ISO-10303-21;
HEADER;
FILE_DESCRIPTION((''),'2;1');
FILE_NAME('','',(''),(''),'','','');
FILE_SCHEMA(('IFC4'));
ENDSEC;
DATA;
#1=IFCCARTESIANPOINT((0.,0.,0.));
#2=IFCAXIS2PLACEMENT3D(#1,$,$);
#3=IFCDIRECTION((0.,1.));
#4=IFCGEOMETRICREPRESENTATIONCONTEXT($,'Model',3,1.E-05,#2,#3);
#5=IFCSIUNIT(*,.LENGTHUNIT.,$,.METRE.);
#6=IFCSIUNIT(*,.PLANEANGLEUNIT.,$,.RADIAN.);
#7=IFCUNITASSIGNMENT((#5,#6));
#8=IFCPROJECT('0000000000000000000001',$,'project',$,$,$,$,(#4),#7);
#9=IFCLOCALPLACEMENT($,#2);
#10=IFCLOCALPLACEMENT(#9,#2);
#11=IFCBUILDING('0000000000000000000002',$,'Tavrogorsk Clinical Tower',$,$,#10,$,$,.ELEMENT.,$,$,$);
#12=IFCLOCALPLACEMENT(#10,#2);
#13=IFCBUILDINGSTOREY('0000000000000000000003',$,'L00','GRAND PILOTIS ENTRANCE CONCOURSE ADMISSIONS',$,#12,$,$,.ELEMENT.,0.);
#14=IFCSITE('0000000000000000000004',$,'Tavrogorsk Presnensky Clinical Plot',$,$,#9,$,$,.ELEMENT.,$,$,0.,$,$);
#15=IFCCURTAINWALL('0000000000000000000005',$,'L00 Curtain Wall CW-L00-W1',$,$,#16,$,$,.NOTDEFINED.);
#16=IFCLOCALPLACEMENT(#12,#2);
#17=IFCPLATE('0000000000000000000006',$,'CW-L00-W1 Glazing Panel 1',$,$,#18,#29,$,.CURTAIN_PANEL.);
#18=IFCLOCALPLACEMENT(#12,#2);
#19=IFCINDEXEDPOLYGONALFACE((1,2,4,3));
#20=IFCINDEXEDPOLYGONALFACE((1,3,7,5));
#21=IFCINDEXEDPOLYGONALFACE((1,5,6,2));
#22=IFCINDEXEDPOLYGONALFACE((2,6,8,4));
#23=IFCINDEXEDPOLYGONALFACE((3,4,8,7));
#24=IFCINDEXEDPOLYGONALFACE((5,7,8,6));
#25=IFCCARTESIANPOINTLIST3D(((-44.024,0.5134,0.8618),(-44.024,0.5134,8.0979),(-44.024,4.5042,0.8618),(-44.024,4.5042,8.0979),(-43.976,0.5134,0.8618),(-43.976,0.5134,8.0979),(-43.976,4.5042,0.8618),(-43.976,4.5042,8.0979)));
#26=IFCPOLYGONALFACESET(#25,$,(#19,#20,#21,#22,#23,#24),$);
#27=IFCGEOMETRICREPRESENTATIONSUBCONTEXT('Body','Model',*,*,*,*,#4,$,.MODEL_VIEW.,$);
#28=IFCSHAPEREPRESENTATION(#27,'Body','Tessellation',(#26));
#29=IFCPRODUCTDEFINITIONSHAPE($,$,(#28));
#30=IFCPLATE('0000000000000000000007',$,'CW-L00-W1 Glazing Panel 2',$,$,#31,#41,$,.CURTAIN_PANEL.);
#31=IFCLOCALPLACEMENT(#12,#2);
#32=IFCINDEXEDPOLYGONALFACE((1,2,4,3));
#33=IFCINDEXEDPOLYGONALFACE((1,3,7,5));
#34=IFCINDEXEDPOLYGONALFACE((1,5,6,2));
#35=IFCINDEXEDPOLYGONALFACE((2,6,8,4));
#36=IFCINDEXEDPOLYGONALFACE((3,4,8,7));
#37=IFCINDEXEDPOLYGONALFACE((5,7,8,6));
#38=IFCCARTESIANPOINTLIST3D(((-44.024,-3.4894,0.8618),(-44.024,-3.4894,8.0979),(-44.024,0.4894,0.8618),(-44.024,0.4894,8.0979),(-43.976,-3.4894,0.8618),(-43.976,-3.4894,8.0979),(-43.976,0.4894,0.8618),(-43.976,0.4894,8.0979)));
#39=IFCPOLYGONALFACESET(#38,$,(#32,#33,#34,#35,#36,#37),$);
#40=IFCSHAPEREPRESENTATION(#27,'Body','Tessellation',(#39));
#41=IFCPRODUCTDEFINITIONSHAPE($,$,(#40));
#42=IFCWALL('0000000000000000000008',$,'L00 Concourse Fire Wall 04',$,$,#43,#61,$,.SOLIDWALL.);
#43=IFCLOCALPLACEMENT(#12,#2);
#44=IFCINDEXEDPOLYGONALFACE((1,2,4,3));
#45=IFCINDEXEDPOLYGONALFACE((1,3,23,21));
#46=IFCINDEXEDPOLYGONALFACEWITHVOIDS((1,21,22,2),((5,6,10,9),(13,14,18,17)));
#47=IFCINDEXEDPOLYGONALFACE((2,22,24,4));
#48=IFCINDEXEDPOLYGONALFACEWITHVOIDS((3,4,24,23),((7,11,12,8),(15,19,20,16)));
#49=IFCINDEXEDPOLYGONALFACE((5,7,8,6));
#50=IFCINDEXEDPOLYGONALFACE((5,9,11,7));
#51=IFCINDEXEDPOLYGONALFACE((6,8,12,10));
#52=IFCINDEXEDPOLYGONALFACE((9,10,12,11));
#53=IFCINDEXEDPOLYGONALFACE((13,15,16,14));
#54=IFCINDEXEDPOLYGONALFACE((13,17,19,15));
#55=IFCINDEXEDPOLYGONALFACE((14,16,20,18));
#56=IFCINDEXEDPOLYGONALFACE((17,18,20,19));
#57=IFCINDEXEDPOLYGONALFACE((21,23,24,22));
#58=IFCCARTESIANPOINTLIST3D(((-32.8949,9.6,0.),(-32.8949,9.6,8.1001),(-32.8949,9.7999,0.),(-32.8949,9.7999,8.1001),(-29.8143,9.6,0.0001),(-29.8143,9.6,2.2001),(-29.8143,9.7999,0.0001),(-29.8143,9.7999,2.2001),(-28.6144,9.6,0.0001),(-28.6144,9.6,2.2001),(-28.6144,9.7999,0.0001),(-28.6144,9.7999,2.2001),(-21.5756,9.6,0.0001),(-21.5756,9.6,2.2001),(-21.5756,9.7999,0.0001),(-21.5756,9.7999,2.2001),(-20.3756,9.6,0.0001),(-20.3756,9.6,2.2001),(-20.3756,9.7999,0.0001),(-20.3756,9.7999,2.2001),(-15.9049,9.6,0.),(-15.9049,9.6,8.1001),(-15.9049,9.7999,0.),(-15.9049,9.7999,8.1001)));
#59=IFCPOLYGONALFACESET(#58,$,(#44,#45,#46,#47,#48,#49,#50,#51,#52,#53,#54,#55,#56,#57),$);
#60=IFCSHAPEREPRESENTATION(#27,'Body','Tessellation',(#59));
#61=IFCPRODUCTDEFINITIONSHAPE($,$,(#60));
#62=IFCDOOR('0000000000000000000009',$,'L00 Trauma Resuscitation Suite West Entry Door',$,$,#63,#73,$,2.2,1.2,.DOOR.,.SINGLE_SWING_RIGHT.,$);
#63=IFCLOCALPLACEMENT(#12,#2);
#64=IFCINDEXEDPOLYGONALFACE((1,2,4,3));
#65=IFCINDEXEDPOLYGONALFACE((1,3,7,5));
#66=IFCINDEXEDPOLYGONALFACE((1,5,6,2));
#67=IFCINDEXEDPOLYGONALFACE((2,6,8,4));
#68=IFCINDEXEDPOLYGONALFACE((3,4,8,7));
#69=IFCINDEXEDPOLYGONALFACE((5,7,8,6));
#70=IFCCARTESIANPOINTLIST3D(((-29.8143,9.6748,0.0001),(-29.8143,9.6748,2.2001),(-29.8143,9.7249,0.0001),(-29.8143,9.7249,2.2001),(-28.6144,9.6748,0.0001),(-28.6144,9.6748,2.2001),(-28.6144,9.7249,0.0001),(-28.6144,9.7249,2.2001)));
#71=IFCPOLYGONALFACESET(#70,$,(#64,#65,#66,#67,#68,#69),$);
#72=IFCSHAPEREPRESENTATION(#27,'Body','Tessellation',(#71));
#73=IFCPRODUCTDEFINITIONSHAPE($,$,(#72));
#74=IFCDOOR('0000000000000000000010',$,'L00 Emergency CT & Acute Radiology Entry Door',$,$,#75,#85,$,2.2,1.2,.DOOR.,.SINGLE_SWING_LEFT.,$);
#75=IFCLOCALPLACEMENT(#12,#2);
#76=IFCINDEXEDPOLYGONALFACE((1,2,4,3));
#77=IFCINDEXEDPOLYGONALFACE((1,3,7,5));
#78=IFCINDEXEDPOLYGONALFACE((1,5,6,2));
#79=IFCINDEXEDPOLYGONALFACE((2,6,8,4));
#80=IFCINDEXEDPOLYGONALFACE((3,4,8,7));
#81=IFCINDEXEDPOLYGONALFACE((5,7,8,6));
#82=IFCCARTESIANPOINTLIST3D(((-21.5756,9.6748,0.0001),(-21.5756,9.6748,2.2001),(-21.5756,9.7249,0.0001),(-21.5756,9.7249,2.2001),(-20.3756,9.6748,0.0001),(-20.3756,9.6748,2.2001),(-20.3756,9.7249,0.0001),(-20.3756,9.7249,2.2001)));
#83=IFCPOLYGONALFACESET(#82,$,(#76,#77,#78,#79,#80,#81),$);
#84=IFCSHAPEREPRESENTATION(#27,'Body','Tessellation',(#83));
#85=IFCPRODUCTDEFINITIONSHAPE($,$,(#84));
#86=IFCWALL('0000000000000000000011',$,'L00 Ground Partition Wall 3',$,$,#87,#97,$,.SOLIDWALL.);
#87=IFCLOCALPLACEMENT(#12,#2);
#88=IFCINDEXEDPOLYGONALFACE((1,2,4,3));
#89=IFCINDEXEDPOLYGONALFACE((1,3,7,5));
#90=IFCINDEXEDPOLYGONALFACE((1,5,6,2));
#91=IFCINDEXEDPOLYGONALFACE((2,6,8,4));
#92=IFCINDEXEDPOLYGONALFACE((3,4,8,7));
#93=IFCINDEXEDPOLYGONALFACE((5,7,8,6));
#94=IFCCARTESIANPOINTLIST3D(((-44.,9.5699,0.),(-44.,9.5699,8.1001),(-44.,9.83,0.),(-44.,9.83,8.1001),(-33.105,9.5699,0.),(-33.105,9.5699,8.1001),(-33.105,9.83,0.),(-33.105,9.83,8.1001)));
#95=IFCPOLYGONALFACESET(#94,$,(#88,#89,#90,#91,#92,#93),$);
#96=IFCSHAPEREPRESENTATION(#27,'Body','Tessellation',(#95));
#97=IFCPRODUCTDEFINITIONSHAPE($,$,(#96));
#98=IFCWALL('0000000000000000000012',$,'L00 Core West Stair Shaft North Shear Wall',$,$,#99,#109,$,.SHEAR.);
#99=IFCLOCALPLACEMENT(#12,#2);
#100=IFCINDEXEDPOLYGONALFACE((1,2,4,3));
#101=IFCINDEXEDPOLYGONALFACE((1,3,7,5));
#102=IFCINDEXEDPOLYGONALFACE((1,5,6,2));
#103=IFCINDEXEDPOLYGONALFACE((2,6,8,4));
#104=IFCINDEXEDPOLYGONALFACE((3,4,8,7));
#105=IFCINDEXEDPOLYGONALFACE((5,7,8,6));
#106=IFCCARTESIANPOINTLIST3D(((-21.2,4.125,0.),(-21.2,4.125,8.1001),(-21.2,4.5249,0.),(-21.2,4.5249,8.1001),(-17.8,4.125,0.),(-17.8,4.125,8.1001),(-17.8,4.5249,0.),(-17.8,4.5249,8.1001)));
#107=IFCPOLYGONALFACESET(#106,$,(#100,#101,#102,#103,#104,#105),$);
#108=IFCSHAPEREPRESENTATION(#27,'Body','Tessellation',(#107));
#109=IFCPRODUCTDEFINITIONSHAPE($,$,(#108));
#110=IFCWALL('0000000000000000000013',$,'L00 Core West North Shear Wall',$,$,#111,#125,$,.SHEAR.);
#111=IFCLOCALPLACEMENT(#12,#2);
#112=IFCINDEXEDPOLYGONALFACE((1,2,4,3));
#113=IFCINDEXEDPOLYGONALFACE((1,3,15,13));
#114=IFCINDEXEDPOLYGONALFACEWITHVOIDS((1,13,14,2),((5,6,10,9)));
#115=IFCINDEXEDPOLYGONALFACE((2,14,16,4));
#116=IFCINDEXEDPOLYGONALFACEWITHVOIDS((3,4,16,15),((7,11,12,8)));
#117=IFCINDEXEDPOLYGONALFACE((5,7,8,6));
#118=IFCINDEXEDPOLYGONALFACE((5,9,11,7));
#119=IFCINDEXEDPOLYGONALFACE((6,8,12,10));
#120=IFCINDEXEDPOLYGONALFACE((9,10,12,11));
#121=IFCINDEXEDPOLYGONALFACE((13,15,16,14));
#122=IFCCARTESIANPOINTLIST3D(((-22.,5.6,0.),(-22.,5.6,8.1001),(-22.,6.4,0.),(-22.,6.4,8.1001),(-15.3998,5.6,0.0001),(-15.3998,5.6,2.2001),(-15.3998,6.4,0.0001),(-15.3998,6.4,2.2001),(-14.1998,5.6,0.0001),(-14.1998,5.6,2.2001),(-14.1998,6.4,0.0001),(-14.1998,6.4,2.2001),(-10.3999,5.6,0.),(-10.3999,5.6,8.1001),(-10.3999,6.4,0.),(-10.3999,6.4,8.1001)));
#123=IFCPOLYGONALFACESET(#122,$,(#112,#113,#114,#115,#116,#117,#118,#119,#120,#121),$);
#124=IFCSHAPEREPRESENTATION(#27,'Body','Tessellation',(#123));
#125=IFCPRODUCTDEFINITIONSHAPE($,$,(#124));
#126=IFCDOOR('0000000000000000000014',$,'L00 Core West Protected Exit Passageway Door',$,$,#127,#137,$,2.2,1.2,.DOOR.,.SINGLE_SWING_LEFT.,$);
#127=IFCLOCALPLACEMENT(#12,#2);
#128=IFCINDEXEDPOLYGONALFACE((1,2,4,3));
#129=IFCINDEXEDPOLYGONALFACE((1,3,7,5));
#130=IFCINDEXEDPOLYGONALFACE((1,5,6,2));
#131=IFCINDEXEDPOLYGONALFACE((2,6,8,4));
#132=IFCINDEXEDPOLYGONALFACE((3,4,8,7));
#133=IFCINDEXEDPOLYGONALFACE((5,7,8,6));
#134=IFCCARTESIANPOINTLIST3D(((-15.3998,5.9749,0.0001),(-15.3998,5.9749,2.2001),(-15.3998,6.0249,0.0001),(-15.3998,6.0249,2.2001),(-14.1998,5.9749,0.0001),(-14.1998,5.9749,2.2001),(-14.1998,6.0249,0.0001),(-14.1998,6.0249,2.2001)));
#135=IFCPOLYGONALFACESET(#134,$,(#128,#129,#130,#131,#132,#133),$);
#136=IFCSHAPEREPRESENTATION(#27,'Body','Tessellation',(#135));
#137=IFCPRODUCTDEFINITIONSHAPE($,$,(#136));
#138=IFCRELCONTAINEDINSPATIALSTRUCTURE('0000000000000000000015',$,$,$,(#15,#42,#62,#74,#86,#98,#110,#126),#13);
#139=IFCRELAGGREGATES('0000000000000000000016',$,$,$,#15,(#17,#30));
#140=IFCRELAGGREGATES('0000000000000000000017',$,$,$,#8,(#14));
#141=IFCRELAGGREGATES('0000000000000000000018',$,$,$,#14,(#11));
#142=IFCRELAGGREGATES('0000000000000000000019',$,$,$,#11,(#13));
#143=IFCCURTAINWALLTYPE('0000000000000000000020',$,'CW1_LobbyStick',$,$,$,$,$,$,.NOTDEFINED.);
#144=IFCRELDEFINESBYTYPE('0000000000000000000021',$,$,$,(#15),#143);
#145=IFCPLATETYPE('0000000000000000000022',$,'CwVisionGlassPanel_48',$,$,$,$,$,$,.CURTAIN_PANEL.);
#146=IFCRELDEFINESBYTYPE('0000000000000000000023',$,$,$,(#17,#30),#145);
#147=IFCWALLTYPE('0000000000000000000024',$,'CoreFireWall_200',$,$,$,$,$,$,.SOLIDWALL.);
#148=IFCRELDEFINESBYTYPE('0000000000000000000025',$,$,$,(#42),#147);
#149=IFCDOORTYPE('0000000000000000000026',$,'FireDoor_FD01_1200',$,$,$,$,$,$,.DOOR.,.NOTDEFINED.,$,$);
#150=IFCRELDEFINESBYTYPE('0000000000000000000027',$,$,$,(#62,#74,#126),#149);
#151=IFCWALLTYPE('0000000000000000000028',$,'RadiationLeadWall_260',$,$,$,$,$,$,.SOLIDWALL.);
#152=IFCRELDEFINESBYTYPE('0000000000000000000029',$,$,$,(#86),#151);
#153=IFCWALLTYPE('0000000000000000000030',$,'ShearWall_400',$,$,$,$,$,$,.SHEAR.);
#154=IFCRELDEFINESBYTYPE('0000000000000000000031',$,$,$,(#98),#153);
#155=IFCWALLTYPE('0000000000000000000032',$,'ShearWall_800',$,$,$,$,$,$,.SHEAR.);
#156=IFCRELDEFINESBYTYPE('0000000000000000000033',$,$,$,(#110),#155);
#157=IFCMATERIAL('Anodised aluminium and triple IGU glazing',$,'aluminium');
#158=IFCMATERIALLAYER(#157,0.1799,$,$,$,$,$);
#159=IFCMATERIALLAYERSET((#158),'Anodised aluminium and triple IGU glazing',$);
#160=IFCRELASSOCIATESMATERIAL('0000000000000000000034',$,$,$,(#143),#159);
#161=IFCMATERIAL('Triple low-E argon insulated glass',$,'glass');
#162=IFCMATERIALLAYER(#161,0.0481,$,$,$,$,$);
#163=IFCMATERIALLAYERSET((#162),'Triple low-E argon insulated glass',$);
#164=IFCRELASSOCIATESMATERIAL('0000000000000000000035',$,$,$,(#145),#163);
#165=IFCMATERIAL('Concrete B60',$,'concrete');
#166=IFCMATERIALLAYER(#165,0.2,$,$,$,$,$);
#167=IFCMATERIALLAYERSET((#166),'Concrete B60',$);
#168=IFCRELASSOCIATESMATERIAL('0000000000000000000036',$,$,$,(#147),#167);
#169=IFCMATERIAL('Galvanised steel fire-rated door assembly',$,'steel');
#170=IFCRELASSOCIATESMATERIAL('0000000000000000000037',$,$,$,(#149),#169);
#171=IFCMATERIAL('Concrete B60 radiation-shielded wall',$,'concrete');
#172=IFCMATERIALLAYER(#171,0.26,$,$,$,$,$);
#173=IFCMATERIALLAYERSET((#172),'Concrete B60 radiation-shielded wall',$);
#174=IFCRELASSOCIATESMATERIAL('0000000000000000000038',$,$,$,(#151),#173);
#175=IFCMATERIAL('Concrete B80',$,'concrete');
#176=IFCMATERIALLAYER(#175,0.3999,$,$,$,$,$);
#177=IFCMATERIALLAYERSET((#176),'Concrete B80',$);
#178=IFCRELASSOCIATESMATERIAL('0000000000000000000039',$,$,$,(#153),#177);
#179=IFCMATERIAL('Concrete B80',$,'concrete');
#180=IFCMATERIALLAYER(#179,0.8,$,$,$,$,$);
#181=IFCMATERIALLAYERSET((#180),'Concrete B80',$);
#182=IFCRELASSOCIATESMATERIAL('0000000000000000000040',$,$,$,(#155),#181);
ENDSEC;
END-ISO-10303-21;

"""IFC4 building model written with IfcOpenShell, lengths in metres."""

from ifc_helpers import new_model, si_unit, direction, frame, frame_2d, origin, origin_2d, place, context, subcontext, project, spatial, rectangle, extrude, material, layer, layer_set, type_object, element, fill, aggregate, save


model = new_model("IFC4")

# Units and contexts
model_context = context("Model", 3, precision=1e-05, world=origin(), true_north=direction((0.0, 1.0)))
body_context = subcontext(model_context, "Body", "Model", "MODEL_VIEW")
ifc_project = project(units=[si_unit("LENGTHUNIT", "METRE"), si_unit("PLANEANGLEUNIT", "RADIAN")], contexts=[model_context])

# Site, building, storey
site_placement = place(None, origin())
site = spatial("IfcSite", under=ifc_project, at=site_placement, Name="Tavrogorsk Presnensky Clinical Plot", CompositionType="ELEMENT", RefElevation=0.0)
building_placement = place(site_placement, origin())
building = spatial("IfcBuilding", under=site, at=building_placement, Name="Tavrogorsk Clinical Tower", CompositionType="ELEMENT")
storey_placement = place(building_placement, origin())
storey = spatial("IfcBuildingStorey", under=building, at=storey_placement, Name="L00", Description="GRAND PILOTIS ENTRANCE CONCOURSE ADMISSIONS", CompositionType="ELEMENT", Elevation=0.0)

# Curtain wall
ifc_material_1 = material(Name="Anodised aluminium and triple IGU glazing", Category="aluminium")
ifc_layer_1 = layer(ifc_material_1, 0.1799)
ifc_layer_set_1 = layer_set([ifc_layer_1], Name="Anodised aluminium and triple IGU glazing")
curtain_wall_type = type_object("IfcCurtainWallType", Name="CW1_LobbyStick", PredefinedType="NOTDEFINED", material=ifc_layer_set_1)
curtain_wall_placement = place(storey_placement, origin())
curtain_wall = element("IfcCurtainWall", 1, at=curtain_wall_placement, inside=storey, type_object=curtain_wall_type, Name="L00 Curtain Wall CW-L00-W1", PredefinedType="NOTDEFINED")

# Plates
ifc_material_2 = material(Name="Triple low-E argon insulated glass", Category="glass")
ifc_layer_2 = layer(ifc_material_2, 0.0481)
ifc_layer_set_2 = layer_set([ifc_layer_2], Name="Triple low-E argon insulated glass")
plate_type_1 = type_object("IfcPlateType", Name="CwVisionGlassPanel_48", PredefinedType="CURTAIN_PANEL", material=ifc_layer_set_2)
plate_1_placement = place(storey_placement, frame((-44.0, 2.5088, 0.8618), z_axis=(0.0, 0.0, 1.0), x_axis=(0.0, -1.0, 0.0)))
plate_1 = element("IfcPlate", 2, at=plate_1_placement, type_object=plate_type_1, Name="CW-L00-W1 Glazing Panel 1", PredefinedType="CURTAIN_PANEL", context=body_context, shape_type="SweptSolid", body=[
    extrude(rectangle(XDim=3.9907, YDim=0.0481, at=origin_2d()), origin(), (0.0, 0.0, 1.0), 7.2361),
])
plate_2_placement = place(storey_placement, frame((-44.0, -1.5, 0.8618), z_axis=(0.0, 0.0, 1.0), x_axis=(0.0, -1.0, 0.0)))
plate_2 = element("IfcPlate", 3, at=plate_2_placement, type_object=plate_type_1, Name="CW-L00-W1 Glazing Panel 2", PredefinedType="CURTAIN_PANEL", context=body_context, shape_type="SweptSolid", body=[
    extrude(rectangle(XDim=3.9788, YDim=0.0481, at=origin_2d()), origin(), (0.0, 0.0, 1.0), 7.2361),
])
aggregate(curtain_wall, [plate_1, plate_2])

# Wall, openings, doors
ifc_material_3 = material(Name="Concrete B60", Category="concrete")
ifc_layer_3 = layer(ifc_material_3, 0.2)
ifc_layer_set_3 = layer_set([ifc_layer_3], Name="Concrete B60")
wall_type_1 = type_object("IfcWallType", Name="CoreFireWall_200", PredefinedType="SOLIDWALL", material=ifc_layer_set_3)
wall_1_placement = place(storey_placement, frame((-32.895, 9.7, 0.0), z_axis=(0.0, 0.0, 1.0), x_axis=(1.0, 0.0, 0.0)))
wall_1 = element("IfcWall", 4, at=wall_1_placement, inside=storey, type_object=wall_type_1, Name="L00 Concourse Fire Wall 04", PredefinedType="SOLIDWALL", context=body_context, shape_type="SweptSolid", body=[
    extrude(rectangle(XDim=16.99, YDim=0.2, at=frame_2d((8.4951, 0.0))), origin(), (0.0, 0.0, 1.0), 8.1001),
])
opening_1_placement = place(wall_1_placement, frame((3.0806, 0.0, 0.0)))
opening_1 = element("IfcOpeningElement", 5, at=opening_1_placement, cuts=wall_1, PredefinedType="OPENING", context=body_context, shape_type="SweptSolid", body=[
    extrude(rectangle(XDim=1.2, YDim=2.2, at=frame_2d((0.6001, 1.1001))), frame((0.0, 0.1099, 0.0), z_axis=(0.0, -1.0, 0.0), x_axis=(1.0, 0.0, 0.0)), (0.0, 0.0, 1.0), 0.22),
])
opening_2_placement = place(wall_1_placement, frame((11.3193, 0.0, 0.0)))
opening_2 = element("IfcOpeningElement", 6, at=opening_2_placement, cuts=wall_1, PredefinedType="OPENING", context=body_context, shape_type="SweptSolid", body=[
    extrude(rectangle(XDim=1.2, YDim=2.2, at=frame_2d((0.6001, 1.1001))), frame((0.0, 0.1099, 0.0), z_axis=(0.0, -1.0, 0.0), x_axis=(1.0, 0.0, 0.0)), (0.0, 0.0, 1.0), 0.22),
])
ifc_material_4 = material(Name="Galvanised steel fire-rated door assembly", Category="steel")
door_type = type_object("IfcDoorType", Name="FireDoor_FD01_1200", OperationType="NOTDEFINED", PredefinedType="DOOR", material=ifc_material_4)
door_1_placement = place(opening_1_placement, origin())
door_1 = element("IfcDoor", 7, at=door_1_placement, inside=storey, type_object=door_type, Name="L00 Trauma Resuscitation Suite West Entry Door", OperationType="SINGLE_SWING_RIGHT", OverallHeight=2.2, OverallWidth=1.2, PredefinedType="DOOR", context=body_context, shape_type="SweptSolid", body=[
    extrude(rectangle(XDim=1.2, YDim=2.2, at=frame_2d((0.6001, 1.1001))), frame((0.0, 0.0249, 0.0), z_axis=(0.0, -1.0, 0.0), x_axis=(1.0, 0.0, 0.0)), (0.0, 0.0, 1.0), 0.05),
])
fill(opening_1, door_1)
door_2_placement = place(opening_2_placement, origin())
door_2 = element("IfcDoor", 8, at=door_2_placement, inside=storey, type_object=door_type, Name="L00 Emergency CT & Acute Radiology Entry Door", OperationType="SINGLE_SWING_LEFT", OverallHeight=2.2, OverallWidth=1.2, PredefinedType="DOOR", context=body_context, shape_type="SweptSolid", body=[
    extrude(rectangle(XDim=1.2, YDim=2.2, at=frame_2d((0.6001, 1.1001))), frame((0.0, 0.0249, 0.0), z_axis=(0.0, -1.0, 0.0), x_axis=(1.0, 0.0, 0.0)), (0.0, 0.0, 1.0), 0.05),
])
fill(opening_2, door_2)

# Walls
ifc_material_5 = material(Name="Concrete B60 radiation-shielded wall", Category="concrete")
ifc_layer_4 = layer(ifc_material_5, 0.26)
ifc_layer_set_4 = layer_set([ifc_layer_4], Name="Concrete B60 radiation-shielded wall")
wall_type_2 = type_object("IfcWallType", Name="RadiationLeadWall_260", PredefinedType="SOLIDWALL", material=ifc_layer_set_4)
wall_2_placement = place(storey_placement, frame((-44.0, 9.7, 0.0), z_axis=(0.0, 0.0, 1.0), x_axis=(1.0, 0.0, 0.0)))
element("IfcWall", 9, at=wall_2_placement, inside=storey, type_object=wall_type_2, Name="L00 Ground Partition Wall 3", PredefinedType="SOLIDWALL", context=body_context, shape_type="SweptSolid", body=[
    extrude(rectangle(XDim=10.895, YDim=0.26, at=frame_2d((5.4475, 0.0))), origin(), (0.0, 0.0, 1.0), 8.1001),
])
ifc_material_6 = material(Name="Concrete B80", Category="concrete")
ifc_layer_5 = layer(ifc_material_6, 0.3999)
ifc_layer_set_5 = layer_set([ifc_layer_5], Name="Concrete B80")
wall_type_3 = type_object("IfcWallType", Name="ShearWall_400", PredefinedType="SHEAR", material=ifc_layer_set_5)
wall_3_placement = place(storey_placement, frame((-21.2, 4.325, 0.0), z_axis=(0.0, 0.0, 1.0), x_axis=(1.0, 0.0, 0.0)))
element("IfcWall", 10, at=wall_3_placement, inside=storey, type_object=wall_type_3, Name="L00 Core West Stair Shaft North Shear Wall", PredefinedType="SHEAR", context=body_context, shape_type="SweptSolid", body=[
    extrude(rectangle(XDim=3.3999, YDim=0.3999, at=frame_2d((1.7, 0.0))), origin(), (0.0, 0.0, 1.0), 8.1001),
])

# Wall, opening, door
ifc_material_7 = material(Name="Concrete B80", Category="concrete")
ifc_layer_6 = layer(ifc_material_7, 0.8)
ifc_layer_set_6 = layer_set([ifc_layer_6], Name="Concrete B80")
wall_type_4 = type_object("IfcWallType", Name="ShearWall_800", PredefinedType="SHEAR", material=ifc_layer_set_6)
wall_4_placement = place(storey_placement, frame((-22.0, 6.0, 0.0), z_axis=(0.0, 0.0, 1.0), x_axis=(1.0, 0.0, 0.0)))
wall_4 = element("IfcWall", 11, at=wall_4_placement, inside=storey, type_object=wall_type_4, Name="L00 Core West North Shear Wall", PredefinedType="SHEAR", context=body_context, shape_type="SweptSolid", body=[
    extrude(rectangle(XDim=11.6001, YDim=0.8, at=frame_2d((5.8, 0.0))), origin(), (0.0, 0.0, 1.0), 8.1001),
])
opening_3_placement = place(wall_4_placement, frame((6.6001, 0.0, 0.0)))
opening_3 = element("IfcOpeningElement", 12, at=opening_3_placement, cuts=wall_4, PredefinedType="OPENING", context=body_context, shape_type="SweptSolid", body=[
    extrude(rectangle(XDim=1.2, YDim=2.2, at=frame_2d((0.6001, 1.1001))), frame((0.0, 0.4099, 0.0), z_axis=(0.0, -1.0, 0.0), x_axis=(1.0, 0.0, 0.0)), (0.0, 0.0, 1.0), 0.8201),
])
door_3_placement = place(opening_3_placement, origin())
door_3 = element("IfcDoor", 13, at=door_3_placement, inside=storey, type_object=door_type, Name="L00 Core West Protected Exit Passageway Door", OperationType="SINGLE_SWING_LEFT", OverallHeight=2.2, OverallWidth=1.2, PredefinedType="DOOR", context=body_context, shape_type="SweptSolid", body=[
    extrude(rectangle(XDim=1.2, YDim=2.2, at=frame_2d((0.6001, 1.1001))), frame((0.0, 0.0249, 0.0), z_axis=(0.0, -1.0, 0.0), x_axis=(1.0, 0.0, 0.0)), (0.0, 0.0, 1.0), 0.05),
])
fill(opening_3, door_3)

save(model, "model.ifc")
